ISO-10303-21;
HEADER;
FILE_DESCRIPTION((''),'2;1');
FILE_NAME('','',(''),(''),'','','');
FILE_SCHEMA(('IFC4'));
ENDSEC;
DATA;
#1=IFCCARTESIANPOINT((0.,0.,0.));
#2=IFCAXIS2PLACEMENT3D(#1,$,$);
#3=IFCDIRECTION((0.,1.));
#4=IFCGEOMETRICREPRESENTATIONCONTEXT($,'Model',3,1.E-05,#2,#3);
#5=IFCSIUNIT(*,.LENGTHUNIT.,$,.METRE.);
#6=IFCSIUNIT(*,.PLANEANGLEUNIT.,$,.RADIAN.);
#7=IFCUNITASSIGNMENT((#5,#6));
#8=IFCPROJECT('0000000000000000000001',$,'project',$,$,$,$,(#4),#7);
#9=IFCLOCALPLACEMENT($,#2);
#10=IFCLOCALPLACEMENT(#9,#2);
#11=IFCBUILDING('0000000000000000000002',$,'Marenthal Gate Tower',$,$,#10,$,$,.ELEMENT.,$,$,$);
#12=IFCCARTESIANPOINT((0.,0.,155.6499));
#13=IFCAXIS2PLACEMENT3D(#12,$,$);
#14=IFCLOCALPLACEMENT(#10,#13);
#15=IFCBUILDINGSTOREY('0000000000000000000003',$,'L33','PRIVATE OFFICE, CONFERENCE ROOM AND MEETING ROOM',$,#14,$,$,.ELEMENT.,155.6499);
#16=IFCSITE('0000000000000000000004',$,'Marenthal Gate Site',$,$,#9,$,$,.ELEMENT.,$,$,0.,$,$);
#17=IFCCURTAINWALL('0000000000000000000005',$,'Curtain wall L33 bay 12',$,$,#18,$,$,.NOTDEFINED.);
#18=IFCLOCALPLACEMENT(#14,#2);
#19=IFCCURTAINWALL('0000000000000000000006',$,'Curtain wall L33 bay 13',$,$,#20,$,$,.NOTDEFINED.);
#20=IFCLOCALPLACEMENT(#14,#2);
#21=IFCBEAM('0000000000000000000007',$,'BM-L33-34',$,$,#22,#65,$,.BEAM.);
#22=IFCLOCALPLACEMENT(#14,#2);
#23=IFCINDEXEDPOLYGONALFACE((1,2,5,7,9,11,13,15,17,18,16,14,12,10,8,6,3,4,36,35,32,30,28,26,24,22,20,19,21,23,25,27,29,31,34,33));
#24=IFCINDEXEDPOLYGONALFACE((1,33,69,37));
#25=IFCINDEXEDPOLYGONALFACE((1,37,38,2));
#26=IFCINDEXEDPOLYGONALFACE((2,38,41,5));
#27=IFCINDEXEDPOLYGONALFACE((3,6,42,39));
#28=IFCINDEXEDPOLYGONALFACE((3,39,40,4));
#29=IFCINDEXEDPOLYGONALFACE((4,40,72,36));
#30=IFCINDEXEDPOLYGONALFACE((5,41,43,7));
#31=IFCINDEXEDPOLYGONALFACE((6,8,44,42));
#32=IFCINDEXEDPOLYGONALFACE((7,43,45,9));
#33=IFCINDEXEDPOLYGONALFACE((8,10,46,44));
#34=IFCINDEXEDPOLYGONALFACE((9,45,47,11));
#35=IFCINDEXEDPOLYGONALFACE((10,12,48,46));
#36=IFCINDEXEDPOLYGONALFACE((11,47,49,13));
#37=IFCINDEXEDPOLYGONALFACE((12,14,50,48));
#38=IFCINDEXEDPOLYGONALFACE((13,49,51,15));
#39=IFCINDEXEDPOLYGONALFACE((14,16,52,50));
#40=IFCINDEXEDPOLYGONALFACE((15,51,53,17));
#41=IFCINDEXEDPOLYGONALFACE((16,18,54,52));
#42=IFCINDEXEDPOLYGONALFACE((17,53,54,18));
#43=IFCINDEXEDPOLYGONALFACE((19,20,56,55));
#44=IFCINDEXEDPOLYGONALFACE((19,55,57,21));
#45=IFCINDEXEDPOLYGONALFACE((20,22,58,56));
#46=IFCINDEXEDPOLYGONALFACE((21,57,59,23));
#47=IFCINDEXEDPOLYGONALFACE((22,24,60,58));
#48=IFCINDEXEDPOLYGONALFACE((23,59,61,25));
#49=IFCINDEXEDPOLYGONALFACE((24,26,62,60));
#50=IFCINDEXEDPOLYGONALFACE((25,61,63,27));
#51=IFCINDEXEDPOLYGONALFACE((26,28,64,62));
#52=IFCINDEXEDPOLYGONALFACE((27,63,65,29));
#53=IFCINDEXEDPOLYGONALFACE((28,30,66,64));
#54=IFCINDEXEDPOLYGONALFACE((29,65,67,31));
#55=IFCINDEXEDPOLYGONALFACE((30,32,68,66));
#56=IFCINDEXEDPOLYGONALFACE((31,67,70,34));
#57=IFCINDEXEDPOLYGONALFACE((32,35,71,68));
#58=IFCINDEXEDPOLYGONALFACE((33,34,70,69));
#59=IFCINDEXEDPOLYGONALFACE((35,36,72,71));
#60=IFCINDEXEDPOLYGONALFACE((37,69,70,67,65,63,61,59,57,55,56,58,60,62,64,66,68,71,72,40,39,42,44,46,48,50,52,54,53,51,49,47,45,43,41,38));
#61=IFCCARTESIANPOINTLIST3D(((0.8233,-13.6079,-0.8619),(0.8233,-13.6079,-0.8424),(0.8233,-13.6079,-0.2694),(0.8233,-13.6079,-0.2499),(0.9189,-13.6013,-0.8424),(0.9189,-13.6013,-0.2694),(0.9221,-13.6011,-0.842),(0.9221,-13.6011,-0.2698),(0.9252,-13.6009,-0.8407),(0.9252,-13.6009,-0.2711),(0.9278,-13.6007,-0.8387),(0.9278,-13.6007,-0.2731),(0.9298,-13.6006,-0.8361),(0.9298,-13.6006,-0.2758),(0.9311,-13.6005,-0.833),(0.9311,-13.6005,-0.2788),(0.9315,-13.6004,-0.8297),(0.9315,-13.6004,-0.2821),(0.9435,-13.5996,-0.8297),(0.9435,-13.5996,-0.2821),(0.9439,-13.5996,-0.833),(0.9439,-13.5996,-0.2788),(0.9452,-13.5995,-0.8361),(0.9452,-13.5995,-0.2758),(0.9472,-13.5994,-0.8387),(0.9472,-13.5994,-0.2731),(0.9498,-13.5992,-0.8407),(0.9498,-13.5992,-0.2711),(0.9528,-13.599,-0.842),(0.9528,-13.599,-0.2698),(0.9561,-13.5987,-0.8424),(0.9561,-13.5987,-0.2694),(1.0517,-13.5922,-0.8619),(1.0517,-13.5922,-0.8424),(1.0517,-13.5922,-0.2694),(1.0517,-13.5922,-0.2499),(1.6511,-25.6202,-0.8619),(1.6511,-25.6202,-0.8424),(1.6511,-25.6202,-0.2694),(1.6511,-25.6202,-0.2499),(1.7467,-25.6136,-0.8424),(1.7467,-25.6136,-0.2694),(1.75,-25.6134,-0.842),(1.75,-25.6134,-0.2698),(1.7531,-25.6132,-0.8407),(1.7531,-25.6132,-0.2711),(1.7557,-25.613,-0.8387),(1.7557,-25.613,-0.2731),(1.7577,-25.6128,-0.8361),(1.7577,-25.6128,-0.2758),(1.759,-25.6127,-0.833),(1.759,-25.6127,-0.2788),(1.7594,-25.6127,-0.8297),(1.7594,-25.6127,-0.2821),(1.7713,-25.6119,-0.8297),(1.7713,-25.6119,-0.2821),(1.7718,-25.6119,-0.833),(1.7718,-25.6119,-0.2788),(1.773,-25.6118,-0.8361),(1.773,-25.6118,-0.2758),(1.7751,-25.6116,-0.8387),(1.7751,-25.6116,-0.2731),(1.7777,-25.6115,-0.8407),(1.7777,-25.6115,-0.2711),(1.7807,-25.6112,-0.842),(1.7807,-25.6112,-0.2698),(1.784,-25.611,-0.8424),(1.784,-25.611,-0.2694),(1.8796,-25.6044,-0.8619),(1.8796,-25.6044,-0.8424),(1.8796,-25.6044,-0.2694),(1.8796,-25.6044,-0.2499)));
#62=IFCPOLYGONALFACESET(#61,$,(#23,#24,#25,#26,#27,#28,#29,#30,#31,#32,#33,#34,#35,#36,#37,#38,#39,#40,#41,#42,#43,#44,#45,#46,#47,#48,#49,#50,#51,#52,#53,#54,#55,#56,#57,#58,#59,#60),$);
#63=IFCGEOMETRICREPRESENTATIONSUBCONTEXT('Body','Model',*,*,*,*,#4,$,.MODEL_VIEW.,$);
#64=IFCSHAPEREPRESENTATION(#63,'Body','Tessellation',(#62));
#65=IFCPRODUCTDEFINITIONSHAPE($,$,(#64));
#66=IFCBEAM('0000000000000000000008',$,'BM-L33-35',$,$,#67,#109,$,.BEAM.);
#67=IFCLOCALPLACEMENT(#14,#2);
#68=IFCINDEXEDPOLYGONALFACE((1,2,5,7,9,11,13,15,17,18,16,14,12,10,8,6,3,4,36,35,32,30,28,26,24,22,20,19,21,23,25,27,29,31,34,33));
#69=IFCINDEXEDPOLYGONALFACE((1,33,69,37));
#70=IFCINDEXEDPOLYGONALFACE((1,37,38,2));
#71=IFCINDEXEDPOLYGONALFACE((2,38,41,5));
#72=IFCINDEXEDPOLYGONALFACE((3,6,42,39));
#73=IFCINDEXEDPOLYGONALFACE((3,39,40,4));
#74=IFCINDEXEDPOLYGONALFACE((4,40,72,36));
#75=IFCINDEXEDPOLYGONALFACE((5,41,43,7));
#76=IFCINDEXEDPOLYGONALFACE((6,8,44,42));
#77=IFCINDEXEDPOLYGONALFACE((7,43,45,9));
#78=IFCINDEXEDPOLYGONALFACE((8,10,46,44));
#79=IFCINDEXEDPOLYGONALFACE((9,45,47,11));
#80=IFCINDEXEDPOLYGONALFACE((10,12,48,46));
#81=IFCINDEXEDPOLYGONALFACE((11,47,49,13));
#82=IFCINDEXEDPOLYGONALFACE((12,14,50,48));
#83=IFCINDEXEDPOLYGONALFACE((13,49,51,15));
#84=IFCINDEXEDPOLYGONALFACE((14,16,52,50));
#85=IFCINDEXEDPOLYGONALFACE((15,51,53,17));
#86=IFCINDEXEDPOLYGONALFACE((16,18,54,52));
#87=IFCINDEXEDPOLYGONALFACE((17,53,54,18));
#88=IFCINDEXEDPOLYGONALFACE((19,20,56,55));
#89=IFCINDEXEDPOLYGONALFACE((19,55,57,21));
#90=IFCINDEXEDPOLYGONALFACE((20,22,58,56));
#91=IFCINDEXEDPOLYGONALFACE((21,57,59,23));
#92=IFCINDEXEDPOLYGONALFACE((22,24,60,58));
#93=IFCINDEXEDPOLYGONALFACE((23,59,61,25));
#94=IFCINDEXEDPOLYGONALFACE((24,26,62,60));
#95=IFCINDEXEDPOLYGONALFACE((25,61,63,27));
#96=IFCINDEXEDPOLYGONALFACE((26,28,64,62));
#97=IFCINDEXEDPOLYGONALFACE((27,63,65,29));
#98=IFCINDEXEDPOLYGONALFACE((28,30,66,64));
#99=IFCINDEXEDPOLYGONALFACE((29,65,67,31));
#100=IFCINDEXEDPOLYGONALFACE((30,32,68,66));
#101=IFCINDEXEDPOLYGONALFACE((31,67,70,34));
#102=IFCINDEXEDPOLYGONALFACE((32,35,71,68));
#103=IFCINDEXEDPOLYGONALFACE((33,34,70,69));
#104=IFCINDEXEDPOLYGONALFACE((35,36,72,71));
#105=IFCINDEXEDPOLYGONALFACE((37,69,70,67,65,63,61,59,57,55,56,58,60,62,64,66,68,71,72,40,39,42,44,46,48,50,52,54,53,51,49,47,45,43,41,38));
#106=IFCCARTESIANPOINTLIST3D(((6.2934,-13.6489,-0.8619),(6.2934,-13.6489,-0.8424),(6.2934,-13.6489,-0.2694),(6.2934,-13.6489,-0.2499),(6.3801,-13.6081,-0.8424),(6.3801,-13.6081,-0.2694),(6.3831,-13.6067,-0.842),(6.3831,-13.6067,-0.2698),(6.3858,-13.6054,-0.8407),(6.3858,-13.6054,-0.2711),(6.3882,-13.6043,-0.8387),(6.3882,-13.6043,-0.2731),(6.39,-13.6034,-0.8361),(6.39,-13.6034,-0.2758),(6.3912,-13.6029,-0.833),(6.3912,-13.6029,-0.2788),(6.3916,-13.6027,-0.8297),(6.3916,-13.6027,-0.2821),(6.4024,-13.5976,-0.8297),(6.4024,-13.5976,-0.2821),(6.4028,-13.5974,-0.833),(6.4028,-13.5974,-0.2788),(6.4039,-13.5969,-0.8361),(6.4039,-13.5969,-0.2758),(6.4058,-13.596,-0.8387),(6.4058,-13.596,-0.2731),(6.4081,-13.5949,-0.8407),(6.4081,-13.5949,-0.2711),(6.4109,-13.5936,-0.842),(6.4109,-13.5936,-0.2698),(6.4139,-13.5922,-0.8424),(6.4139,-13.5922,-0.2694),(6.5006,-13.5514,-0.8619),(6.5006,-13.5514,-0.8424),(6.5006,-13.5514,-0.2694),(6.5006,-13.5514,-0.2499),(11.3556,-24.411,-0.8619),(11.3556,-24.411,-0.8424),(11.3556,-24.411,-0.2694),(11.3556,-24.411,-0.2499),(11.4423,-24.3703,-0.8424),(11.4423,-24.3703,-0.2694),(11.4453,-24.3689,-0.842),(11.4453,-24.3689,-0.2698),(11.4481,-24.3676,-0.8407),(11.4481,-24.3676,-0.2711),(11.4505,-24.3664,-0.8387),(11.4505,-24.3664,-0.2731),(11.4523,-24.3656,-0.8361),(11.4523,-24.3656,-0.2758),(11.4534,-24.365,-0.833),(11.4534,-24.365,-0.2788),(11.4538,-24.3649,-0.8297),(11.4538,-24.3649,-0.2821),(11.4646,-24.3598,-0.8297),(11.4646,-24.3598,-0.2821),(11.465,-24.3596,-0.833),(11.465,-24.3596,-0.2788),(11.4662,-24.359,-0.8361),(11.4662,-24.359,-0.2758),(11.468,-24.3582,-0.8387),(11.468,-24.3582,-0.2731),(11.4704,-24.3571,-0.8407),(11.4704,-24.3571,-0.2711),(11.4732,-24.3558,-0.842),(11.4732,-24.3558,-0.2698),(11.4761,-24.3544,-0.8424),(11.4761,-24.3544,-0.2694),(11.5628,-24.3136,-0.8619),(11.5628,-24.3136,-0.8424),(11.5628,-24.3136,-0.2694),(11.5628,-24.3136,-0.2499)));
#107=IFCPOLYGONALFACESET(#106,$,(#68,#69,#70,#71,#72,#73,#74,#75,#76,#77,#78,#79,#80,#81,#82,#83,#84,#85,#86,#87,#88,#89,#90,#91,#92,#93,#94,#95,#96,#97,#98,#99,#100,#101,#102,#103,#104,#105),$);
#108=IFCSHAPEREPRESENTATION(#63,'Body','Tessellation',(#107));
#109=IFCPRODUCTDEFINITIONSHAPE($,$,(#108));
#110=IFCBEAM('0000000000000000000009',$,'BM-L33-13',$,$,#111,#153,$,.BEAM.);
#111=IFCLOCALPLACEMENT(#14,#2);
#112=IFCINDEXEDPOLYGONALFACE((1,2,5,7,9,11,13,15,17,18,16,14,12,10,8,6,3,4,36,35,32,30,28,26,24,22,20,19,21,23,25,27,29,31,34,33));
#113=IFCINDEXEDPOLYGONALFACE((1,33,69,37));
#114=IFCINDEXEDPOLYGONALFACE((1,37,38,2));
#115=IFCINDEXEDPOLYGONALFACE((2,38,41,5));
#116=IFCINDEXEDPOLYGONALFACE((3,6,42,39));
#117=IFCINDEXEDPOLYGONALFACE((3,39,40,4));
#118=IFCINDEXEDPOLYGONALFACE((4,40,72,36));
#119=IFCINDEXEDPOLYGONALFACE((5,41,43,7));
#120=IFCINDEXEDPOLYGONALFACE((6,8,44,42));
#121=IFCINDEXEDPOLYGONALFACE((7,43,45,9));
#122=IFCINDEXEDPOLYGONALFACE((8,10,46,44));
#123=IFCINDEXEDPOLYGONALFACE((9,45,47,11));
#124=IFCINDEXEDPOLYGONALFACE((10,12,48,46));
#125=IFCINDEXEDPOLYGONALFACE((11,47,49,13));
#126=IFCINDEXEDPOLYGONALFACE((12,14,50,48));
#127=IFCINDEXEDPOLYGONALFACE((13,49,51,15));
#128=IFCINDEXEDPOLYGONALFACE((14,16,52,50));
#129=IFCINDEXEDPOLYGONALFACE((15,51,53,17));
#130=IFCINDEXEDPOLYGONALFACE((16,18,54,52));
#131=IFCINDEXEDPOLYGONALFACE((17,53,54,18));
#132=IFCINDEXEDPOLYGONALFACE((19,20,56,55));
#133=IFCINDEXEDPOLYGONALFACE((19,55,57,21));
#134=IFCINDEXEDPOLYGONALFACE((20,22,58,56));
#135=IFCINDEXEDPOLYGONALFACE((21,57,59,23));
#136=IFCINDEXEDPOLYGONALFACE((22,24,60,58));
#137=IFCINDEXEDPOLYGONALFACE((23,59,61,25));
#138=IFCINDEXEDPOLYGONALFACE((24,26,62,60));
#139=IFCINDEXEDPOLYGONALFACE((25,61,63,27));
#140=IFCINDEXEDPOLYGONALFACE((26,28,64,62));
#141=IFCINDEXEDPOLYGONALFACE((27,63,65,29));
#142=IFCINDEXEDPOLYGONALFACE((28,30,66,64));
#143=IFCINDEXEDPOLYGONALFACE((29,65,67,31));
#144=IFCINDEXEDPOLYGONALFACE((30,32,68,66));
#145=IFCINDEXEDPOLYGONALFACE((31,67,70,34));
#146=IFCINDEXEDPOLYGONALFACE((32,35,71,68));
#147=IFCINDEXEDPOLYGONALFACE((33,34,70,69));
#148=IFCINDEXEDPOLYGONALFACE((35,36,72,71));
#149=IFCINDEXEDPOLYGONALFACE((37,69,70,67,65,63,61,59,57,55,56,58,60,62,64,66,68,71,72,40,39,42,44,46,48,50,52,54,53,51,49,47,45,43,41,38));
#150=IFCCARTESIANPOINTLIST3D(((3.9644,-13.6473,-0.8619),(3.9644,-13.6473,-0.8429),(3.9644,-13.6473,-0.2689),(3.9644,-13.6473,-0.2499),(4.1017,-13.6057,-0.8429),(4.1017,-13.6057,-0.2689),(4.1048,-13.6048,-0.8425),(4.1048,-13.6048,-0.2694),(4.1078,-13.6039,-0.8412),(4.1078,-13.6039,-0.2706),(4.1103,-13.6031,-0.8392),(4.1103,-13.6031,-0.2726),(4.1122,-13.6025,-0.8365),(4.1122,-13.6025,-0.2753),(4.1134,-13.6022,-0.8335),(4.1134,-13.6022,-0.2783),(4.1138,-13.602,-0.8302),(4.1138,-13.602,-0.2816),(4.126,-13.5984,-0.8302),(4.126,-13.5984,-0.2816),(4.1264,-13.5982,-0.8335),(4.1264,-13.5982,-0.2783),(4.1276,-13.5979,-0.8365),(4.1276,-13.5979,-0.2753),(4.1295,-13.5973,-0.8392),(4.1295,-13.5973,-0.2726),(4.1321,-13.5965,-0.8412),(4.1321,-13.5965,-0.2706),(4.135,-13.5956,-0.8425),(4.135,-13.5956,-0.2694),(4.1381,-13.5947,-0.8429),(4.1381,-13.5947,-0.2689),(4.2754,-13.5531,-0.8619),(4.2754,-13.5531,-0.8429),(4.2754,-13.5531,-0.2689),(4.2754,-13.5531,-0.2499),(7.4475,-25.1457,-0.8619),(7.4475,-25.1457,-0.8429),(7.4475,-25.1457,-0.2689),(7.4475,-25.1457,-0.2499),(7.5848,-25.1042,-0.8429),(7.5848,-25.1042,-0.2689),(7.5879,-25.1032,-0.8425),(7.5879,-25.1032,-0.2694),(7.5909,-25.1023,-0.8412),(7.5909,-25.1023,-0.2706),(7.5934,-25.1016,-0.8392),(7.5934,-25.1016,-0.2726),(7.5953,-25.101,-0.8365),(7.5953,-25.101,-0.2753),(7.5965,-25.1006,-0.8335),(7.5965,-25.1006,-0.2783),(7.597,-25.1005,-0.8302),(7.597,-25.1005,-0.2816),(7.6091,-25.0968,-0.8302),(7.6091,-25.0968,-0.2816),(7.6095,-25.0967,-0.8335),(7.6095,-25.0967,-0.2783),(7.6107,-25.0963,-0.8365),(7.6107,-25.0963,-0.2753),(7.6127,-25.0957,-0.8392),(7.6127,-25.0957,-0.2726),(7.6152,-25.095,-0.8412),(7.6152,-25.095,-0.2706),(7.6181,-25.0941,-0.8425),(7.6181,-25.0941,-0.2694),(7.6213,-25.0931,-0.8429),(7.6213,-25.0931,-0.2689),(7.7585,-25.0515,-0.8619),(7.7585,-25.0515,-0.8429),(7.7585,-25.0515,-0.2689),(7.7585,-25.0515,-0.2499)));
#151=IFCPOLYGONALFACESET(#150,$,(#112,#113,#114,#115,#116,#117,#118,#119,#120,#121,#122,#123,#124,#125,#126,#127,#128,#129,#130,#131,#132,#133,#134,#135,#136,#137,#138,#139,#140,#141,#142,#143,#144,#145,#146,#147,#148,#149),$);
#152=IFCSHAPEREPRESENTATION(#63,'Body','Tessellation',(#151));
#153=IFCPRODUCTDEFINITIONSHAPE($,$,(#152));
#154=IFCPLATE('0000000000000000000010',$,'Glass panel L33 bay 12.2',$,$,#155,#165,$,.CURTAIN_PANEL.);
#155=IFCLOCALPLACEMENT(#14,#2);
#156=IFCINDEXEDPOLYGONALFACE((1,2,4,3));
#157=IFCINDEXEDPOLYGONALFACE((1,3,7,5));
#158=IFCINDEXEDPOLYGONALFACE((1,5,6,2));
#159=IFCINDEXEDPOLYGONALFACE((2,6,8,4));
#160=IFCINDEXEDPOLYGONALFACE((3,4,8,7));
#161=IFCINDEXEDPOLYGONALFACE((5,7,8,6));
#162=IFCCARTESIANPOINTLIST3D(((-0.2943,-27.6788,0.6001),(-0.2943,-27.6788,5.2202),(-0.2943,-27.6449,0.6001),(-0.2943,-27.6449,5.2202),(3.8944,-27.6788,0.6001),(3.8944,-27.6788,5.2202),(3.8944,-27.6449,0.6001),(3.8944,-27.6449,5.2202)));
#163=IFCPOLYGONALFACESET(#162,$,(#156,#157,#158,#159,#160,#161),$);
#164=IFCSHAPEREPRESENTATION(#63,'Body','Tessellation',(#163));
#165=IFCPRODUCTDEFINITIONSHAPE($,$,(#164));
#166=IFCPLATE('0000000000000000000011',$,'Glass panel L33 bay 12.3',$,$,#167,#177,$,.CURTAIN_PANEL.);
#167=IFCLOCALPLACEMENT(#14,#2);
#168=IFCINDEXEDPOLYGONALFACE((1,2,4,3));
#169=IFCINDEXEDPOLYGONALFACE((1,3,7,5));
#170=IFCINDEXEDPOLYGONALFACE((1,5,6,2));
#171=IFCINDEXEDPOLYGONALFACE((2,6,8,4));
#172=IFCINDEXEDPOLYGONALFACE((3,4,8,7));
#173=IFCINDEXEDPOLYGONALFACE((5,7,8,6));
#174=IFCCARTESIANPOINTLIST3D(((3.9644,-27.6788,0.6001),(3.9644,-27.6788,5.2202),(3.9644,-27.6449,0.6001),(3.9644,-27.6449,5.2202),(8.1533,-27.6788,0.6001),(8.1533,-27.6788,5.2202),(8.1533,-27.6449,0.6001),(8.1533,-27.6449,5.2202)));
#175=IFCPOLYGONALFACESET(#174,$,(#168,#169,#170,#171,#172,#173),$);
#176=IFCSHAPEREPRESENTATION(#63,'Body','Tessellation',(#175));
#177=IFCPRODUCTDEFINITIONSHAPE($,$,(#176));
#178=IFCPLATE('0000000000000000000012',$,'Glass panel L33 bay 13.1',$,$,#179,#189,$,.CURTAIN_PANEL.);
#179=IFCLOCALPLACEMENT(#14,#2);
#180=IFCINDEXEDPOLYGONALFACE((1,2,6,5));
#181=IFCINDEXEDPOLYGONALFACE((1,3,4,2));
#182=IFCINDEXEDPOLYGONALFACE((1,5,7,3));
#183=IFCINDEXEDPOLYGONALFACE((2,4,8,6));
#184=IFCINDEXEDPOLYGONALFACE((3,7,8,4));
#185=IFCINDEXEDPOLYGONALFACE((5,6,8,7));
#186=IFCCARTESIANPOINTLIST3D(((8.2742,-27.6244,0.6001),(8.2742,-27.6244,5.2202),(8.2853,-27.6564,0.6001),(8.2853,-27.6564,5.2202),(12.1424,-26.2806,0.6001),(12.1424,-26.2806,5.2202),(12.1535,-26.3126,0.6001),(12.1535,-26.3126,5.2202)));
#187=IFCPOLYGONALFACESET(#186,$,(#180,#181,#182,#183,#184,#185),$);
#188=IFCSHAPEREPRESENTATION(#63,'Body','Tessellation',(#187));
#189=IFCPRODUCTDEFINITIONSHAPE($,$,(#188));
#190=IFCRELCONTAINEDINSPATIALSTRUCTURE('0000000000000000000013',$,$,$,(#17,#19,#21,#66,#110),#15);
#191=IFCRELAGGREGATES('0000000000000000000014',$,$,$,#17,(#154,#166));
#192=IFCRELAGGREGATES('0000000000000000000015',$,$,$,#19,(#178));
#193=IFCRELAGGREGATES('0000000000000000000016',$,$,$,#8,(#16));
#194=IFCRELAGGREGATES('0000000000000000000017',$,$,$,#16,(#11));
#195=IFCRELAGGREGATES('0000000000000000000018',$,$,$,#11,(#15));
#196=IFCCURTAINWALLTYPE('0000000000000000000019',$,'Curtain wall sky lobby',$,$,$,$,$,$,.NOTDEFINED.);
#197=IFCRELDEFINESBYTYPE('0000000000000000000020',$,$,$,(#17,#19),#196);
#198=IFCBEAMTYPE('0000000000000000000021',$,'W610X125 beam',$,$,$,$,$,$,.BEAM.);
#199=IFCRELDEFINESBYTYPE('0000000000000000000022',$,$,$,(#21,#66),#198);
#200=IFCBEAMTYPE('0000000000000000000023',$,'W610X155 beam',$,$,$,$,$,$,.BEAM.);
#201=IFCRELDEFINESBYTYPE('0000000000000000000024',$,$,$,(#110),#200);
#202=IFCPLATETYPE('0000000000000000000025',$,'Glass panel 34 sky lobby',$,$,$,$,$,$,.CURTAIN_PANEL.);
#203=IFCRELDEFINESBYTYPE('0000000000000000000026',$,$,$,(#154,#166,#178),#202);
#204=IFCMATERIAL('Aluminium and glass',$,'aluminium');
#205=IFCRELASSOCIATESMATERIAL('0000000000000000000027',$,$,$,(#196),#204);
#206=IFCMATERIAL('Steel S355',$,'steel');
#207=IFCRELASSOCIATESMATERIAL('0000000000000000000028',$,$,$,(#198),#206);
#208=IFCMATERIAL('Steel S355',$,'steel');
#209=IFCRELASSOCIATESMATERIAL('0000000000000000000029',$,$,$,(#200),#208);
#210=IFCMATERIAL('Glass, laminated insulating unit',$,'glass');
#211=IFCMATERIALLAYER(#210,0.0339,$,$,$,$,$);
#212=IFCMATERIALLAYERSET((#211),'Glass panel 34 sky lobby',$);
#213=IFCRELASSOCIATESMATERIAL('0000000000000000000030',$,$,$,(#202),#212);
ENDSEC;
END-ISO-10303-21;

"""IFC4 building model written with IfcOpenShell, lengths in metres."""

from ifc_helpers import new_model, si_unit, direction, frame, origin, origin_2d, place, context, subcontext, project, spatial, rectangle, i_section, extrude, material, layer, layer_set, material_profile, profile_set, type_object, element, aggregate, save


model = new_model("IFC4")

# Units and contexts
model_context = context("Model", 3, precision=1e-05, world=origin(), true_north=direction((0.0, 1.0)))
body_context = subcontext(model_context, "Body", "Model", "MODEL_VIEW")
ifc_project = project(units=[si_unit("LENGTHUNIT", "METRE"), si_unit("PLANEANGLEUNIT", "RADIAN")], contexts=[model_context])

# Site, building, storey
site_placement = place(None, origin())
site = spatial("IfcSite", under=ifc_project, at=site_placement, Name="Marenthal Gate Site", CompositionType="ELEMENT", RefElevation=0.0)
building_placement = place(site_placement, origin())
building = spatial("IfcBuilding", under=site, at=building_placement, Name="Marenthal Gate Tower", CompositionType="ELEMENT")
storey_placement = place(building_placement, frame((0.0, 0.0, 155.6499)))
storey = spatial("IfcBuildingStorey", under=building, at=storey_placement, Name="L33", Description="PRIVATE OFFICE, CONFERENCE ROOM AND MEETING ROOM", CompositionType="ELEMENT", Elevation=155.6499)

# Curtain walls
ifc_material_1 = material(Name="Aluminium and glass", Category="aluminium")
curtain_wall_type = type_object("IfcCurtainWallType", Name="Curtain wall sky lobby", PredefinedType="NOTDEFINED", material=ifc_material_1)
curtain_wall_1_placement = place(storey_placement, origin())
curtain_wall_1 = element("IfcCurtainWall", 1, at=curtain_wall_1_placement, inside=storey, type_object=curtain_wall_type, Name="Curtain wall L33 bay 12", PredefinedType="NOTDEFINED")
curtain_wall_2_placement = place(storey_placement, origin())
curtain_wall_2 = element("IfcCurtainWall", 2, at=curtain_wall_2_placement, inside=storey, type_object=curtain_wall_type, Name="Curtain wall L33 bay 13", PredefinedType="NOTDEFINED")

# Beams
ifc_material_2 = material(Name="Steel S355", Category="steel")
ifc_material_profile_1 = material_profile(ifc_material_2, i_section(OverallWidth=0.229, OverallDepth=0.6121, WebThickness=0.012, FlangeThickness=0.0195, FilletRadius=0.0127, at=origin_2d()), Name="W610X125")
ifc_profile_set_1 = profile_set([ifc_material_profile_1], Name="Steel S355")
beam_type_1 = type_object("IfcBeamType", Name="W610X125 beam", PredefinedType="BEAM", material=ifc_profile_set_1)
beam_1_placement = place(storey_placement, frame((1.7654, -25.6123, -0.5559), z_axis=(-0.068757, 0.997633, 0.0), x_axis=(-0.997633, -0.068757, 0.0)))
element("IfcBeam", 3, at=beam_1_placement, inside=storey, type_object=beam_type_1, Name="BM-L33-34", PredefinedType="BEAM", context=body_context, shape_type="SweptSolid", body=[
    extrude(i_section(OverallWidth=0.229, OverallDepth=0.6121, WebThickness=0.012, FlangeThickness=0.0195, FilletRadius=0.0127, at=origin_2d()), origin(), (0.0, 0.0, 1.0), 12.0408),
])
beam_2_placement = place(storey_placement, frame((11.4592, -24.3623, -0.5559), z_axis=(-0.425638, 0.904894, 0.0), x_axis=(-0.904894, -0.425638, 0.0)))
element("IfcBeam", 4, at=beam_2_placement, inside=storey, type_object=beam_type_1, Name="BM-L33-35", PredefinedType="BEAM", context=body_context, shape_type="SweptSolid", body=[
    extrude(i_section(OverallWidth=0.229, OverallDepth=0.6121, WebThickness=0.012, FlangeThickness=0.0195, FilletRadius=0.0127, at=origin_2d()), origin(), (0.0, 0.0, 1.0), 11.8933),
])
ifc_material_3 = material(Name="Steel S355", Category="steel")
ifc_material_profile_2 = material_profile(ifc_material_3, i_section(OverallWidth=0.325, OverallDepth=0.6121, WebThickness=0.0127, FlangeThickness=0.019, FilletRadius=0.0127, at=origin_2d()), Name="W610X155")
ifc_profile_set_2 = profile_set([ifc_material_profile_2], Name="Steel S355")
beam_type_2 = type_object("IfcBeamType", Name="W610X155 beam", PredefinedType="BEAM", material=ifc_profile_set_2)
beam_3_placement = place(storey_placement, frame((7.603, -25.0986, -0.5559), z_axis=(-0.289912, 0.957053, 0.0), x_axis=(-0.957053, -0.289912, 0.0)))
element("IfcBeam", 5, at=beam_3_placement, inside=storey, type_object=beam_type_2, Name="BM-L33-13", PredefinedType="BEAM", context=body_context, shape_type="SweptSolid", body=[
    extrude(i_section(OverallWidth=0.325, OverallDepth=0.6121, WebThickness=0.0127, FlangeThickness=0.019, FilletRadius=0.0127, at=origin_2d()), origin(), (0.0, 0.0, 1.0), 12.0144),
])

# Plates
ifc_material_4 = material(Name="Glass, laminated insulating unit", Category="glass")
ifc_layer_1 = layer(ifc_material_4, 0.0339)
ifc_layer_set_1 = layer_set([ifc_layer_1], Name="Glass panel 34 sky lobby")
plate_type = type_object("IfcPlateType", Name="Glass panel 34 sky lobby", PredefinedType="CURTAIN_PANEL", material=ifc_layer_set_1)
plate_1_placement = place(storey_placement, frame((1.8, -27.6619, 0.6001), z_axis=(0.0, 0.0, 1.0), x_axis=(1.0, 0.0, 0.0)))
plate_1 = element("IfcPlate", 6, at=plate_1_placement, type_object=plate_type, Name="Glass panel L33 bay 12.2", PredefinedType="CURTAIN_PANEL", context=body_context, shape_type="SweptSolid", body=[
    extrude(rectangle(XDim=4.1887, YDim=0.0339, at=origin_2d()), origin(), (0.0, 0.0, 1.0), 4.6201),
])
plate_2_placement = place(storey_placement, frame((6.0588, -27.6619, 0.6001), z_axis=(0.0, 0.0, 1.0), x_axis=(1.0, 0.0, 0.0)))
plate_2 = element("IfcPlate", 7, at=plate_2_placement, type_object=plate_type, Name="Glass panel L33 bay 12.3", PredefinedType="CURTAIN_PANEL", context=body_context, shape_type="SweptSolid", body=[
    extrude(rectangle(XDim=4.189, YDim=0.0339, at=origin_2d()), origin(), (0.0, 0.0, 1.0), 4.6201),
])
aggregate(curtain_wall_1, [plate_1, plate_2])
plate_3_placement = place(storey_placement, frame((10.2139, -26.9685, 0.6001), z_axis=(0.0, 0.0, 1.0), x_axis=(0.944623, 0.328158, 0.0)))
plate_3 = element("IfcPlate", 8, at=plate_3_placement, type_object=plate_type, Name="Glass panel L33 bay 13.1", PredefinedType="CURTAIN_PANEL", context=body_context, shape_type="SweptSolid", body=[
    extrude(rectangle(XDim=4.095, YDim=0.0339, at=origin_2d()), origin(), (0.0, 0.0, 1.0), 4.6201),
])
aggregate(curtain_wall_2, [plate_3])

save(model, "model.ifc")
